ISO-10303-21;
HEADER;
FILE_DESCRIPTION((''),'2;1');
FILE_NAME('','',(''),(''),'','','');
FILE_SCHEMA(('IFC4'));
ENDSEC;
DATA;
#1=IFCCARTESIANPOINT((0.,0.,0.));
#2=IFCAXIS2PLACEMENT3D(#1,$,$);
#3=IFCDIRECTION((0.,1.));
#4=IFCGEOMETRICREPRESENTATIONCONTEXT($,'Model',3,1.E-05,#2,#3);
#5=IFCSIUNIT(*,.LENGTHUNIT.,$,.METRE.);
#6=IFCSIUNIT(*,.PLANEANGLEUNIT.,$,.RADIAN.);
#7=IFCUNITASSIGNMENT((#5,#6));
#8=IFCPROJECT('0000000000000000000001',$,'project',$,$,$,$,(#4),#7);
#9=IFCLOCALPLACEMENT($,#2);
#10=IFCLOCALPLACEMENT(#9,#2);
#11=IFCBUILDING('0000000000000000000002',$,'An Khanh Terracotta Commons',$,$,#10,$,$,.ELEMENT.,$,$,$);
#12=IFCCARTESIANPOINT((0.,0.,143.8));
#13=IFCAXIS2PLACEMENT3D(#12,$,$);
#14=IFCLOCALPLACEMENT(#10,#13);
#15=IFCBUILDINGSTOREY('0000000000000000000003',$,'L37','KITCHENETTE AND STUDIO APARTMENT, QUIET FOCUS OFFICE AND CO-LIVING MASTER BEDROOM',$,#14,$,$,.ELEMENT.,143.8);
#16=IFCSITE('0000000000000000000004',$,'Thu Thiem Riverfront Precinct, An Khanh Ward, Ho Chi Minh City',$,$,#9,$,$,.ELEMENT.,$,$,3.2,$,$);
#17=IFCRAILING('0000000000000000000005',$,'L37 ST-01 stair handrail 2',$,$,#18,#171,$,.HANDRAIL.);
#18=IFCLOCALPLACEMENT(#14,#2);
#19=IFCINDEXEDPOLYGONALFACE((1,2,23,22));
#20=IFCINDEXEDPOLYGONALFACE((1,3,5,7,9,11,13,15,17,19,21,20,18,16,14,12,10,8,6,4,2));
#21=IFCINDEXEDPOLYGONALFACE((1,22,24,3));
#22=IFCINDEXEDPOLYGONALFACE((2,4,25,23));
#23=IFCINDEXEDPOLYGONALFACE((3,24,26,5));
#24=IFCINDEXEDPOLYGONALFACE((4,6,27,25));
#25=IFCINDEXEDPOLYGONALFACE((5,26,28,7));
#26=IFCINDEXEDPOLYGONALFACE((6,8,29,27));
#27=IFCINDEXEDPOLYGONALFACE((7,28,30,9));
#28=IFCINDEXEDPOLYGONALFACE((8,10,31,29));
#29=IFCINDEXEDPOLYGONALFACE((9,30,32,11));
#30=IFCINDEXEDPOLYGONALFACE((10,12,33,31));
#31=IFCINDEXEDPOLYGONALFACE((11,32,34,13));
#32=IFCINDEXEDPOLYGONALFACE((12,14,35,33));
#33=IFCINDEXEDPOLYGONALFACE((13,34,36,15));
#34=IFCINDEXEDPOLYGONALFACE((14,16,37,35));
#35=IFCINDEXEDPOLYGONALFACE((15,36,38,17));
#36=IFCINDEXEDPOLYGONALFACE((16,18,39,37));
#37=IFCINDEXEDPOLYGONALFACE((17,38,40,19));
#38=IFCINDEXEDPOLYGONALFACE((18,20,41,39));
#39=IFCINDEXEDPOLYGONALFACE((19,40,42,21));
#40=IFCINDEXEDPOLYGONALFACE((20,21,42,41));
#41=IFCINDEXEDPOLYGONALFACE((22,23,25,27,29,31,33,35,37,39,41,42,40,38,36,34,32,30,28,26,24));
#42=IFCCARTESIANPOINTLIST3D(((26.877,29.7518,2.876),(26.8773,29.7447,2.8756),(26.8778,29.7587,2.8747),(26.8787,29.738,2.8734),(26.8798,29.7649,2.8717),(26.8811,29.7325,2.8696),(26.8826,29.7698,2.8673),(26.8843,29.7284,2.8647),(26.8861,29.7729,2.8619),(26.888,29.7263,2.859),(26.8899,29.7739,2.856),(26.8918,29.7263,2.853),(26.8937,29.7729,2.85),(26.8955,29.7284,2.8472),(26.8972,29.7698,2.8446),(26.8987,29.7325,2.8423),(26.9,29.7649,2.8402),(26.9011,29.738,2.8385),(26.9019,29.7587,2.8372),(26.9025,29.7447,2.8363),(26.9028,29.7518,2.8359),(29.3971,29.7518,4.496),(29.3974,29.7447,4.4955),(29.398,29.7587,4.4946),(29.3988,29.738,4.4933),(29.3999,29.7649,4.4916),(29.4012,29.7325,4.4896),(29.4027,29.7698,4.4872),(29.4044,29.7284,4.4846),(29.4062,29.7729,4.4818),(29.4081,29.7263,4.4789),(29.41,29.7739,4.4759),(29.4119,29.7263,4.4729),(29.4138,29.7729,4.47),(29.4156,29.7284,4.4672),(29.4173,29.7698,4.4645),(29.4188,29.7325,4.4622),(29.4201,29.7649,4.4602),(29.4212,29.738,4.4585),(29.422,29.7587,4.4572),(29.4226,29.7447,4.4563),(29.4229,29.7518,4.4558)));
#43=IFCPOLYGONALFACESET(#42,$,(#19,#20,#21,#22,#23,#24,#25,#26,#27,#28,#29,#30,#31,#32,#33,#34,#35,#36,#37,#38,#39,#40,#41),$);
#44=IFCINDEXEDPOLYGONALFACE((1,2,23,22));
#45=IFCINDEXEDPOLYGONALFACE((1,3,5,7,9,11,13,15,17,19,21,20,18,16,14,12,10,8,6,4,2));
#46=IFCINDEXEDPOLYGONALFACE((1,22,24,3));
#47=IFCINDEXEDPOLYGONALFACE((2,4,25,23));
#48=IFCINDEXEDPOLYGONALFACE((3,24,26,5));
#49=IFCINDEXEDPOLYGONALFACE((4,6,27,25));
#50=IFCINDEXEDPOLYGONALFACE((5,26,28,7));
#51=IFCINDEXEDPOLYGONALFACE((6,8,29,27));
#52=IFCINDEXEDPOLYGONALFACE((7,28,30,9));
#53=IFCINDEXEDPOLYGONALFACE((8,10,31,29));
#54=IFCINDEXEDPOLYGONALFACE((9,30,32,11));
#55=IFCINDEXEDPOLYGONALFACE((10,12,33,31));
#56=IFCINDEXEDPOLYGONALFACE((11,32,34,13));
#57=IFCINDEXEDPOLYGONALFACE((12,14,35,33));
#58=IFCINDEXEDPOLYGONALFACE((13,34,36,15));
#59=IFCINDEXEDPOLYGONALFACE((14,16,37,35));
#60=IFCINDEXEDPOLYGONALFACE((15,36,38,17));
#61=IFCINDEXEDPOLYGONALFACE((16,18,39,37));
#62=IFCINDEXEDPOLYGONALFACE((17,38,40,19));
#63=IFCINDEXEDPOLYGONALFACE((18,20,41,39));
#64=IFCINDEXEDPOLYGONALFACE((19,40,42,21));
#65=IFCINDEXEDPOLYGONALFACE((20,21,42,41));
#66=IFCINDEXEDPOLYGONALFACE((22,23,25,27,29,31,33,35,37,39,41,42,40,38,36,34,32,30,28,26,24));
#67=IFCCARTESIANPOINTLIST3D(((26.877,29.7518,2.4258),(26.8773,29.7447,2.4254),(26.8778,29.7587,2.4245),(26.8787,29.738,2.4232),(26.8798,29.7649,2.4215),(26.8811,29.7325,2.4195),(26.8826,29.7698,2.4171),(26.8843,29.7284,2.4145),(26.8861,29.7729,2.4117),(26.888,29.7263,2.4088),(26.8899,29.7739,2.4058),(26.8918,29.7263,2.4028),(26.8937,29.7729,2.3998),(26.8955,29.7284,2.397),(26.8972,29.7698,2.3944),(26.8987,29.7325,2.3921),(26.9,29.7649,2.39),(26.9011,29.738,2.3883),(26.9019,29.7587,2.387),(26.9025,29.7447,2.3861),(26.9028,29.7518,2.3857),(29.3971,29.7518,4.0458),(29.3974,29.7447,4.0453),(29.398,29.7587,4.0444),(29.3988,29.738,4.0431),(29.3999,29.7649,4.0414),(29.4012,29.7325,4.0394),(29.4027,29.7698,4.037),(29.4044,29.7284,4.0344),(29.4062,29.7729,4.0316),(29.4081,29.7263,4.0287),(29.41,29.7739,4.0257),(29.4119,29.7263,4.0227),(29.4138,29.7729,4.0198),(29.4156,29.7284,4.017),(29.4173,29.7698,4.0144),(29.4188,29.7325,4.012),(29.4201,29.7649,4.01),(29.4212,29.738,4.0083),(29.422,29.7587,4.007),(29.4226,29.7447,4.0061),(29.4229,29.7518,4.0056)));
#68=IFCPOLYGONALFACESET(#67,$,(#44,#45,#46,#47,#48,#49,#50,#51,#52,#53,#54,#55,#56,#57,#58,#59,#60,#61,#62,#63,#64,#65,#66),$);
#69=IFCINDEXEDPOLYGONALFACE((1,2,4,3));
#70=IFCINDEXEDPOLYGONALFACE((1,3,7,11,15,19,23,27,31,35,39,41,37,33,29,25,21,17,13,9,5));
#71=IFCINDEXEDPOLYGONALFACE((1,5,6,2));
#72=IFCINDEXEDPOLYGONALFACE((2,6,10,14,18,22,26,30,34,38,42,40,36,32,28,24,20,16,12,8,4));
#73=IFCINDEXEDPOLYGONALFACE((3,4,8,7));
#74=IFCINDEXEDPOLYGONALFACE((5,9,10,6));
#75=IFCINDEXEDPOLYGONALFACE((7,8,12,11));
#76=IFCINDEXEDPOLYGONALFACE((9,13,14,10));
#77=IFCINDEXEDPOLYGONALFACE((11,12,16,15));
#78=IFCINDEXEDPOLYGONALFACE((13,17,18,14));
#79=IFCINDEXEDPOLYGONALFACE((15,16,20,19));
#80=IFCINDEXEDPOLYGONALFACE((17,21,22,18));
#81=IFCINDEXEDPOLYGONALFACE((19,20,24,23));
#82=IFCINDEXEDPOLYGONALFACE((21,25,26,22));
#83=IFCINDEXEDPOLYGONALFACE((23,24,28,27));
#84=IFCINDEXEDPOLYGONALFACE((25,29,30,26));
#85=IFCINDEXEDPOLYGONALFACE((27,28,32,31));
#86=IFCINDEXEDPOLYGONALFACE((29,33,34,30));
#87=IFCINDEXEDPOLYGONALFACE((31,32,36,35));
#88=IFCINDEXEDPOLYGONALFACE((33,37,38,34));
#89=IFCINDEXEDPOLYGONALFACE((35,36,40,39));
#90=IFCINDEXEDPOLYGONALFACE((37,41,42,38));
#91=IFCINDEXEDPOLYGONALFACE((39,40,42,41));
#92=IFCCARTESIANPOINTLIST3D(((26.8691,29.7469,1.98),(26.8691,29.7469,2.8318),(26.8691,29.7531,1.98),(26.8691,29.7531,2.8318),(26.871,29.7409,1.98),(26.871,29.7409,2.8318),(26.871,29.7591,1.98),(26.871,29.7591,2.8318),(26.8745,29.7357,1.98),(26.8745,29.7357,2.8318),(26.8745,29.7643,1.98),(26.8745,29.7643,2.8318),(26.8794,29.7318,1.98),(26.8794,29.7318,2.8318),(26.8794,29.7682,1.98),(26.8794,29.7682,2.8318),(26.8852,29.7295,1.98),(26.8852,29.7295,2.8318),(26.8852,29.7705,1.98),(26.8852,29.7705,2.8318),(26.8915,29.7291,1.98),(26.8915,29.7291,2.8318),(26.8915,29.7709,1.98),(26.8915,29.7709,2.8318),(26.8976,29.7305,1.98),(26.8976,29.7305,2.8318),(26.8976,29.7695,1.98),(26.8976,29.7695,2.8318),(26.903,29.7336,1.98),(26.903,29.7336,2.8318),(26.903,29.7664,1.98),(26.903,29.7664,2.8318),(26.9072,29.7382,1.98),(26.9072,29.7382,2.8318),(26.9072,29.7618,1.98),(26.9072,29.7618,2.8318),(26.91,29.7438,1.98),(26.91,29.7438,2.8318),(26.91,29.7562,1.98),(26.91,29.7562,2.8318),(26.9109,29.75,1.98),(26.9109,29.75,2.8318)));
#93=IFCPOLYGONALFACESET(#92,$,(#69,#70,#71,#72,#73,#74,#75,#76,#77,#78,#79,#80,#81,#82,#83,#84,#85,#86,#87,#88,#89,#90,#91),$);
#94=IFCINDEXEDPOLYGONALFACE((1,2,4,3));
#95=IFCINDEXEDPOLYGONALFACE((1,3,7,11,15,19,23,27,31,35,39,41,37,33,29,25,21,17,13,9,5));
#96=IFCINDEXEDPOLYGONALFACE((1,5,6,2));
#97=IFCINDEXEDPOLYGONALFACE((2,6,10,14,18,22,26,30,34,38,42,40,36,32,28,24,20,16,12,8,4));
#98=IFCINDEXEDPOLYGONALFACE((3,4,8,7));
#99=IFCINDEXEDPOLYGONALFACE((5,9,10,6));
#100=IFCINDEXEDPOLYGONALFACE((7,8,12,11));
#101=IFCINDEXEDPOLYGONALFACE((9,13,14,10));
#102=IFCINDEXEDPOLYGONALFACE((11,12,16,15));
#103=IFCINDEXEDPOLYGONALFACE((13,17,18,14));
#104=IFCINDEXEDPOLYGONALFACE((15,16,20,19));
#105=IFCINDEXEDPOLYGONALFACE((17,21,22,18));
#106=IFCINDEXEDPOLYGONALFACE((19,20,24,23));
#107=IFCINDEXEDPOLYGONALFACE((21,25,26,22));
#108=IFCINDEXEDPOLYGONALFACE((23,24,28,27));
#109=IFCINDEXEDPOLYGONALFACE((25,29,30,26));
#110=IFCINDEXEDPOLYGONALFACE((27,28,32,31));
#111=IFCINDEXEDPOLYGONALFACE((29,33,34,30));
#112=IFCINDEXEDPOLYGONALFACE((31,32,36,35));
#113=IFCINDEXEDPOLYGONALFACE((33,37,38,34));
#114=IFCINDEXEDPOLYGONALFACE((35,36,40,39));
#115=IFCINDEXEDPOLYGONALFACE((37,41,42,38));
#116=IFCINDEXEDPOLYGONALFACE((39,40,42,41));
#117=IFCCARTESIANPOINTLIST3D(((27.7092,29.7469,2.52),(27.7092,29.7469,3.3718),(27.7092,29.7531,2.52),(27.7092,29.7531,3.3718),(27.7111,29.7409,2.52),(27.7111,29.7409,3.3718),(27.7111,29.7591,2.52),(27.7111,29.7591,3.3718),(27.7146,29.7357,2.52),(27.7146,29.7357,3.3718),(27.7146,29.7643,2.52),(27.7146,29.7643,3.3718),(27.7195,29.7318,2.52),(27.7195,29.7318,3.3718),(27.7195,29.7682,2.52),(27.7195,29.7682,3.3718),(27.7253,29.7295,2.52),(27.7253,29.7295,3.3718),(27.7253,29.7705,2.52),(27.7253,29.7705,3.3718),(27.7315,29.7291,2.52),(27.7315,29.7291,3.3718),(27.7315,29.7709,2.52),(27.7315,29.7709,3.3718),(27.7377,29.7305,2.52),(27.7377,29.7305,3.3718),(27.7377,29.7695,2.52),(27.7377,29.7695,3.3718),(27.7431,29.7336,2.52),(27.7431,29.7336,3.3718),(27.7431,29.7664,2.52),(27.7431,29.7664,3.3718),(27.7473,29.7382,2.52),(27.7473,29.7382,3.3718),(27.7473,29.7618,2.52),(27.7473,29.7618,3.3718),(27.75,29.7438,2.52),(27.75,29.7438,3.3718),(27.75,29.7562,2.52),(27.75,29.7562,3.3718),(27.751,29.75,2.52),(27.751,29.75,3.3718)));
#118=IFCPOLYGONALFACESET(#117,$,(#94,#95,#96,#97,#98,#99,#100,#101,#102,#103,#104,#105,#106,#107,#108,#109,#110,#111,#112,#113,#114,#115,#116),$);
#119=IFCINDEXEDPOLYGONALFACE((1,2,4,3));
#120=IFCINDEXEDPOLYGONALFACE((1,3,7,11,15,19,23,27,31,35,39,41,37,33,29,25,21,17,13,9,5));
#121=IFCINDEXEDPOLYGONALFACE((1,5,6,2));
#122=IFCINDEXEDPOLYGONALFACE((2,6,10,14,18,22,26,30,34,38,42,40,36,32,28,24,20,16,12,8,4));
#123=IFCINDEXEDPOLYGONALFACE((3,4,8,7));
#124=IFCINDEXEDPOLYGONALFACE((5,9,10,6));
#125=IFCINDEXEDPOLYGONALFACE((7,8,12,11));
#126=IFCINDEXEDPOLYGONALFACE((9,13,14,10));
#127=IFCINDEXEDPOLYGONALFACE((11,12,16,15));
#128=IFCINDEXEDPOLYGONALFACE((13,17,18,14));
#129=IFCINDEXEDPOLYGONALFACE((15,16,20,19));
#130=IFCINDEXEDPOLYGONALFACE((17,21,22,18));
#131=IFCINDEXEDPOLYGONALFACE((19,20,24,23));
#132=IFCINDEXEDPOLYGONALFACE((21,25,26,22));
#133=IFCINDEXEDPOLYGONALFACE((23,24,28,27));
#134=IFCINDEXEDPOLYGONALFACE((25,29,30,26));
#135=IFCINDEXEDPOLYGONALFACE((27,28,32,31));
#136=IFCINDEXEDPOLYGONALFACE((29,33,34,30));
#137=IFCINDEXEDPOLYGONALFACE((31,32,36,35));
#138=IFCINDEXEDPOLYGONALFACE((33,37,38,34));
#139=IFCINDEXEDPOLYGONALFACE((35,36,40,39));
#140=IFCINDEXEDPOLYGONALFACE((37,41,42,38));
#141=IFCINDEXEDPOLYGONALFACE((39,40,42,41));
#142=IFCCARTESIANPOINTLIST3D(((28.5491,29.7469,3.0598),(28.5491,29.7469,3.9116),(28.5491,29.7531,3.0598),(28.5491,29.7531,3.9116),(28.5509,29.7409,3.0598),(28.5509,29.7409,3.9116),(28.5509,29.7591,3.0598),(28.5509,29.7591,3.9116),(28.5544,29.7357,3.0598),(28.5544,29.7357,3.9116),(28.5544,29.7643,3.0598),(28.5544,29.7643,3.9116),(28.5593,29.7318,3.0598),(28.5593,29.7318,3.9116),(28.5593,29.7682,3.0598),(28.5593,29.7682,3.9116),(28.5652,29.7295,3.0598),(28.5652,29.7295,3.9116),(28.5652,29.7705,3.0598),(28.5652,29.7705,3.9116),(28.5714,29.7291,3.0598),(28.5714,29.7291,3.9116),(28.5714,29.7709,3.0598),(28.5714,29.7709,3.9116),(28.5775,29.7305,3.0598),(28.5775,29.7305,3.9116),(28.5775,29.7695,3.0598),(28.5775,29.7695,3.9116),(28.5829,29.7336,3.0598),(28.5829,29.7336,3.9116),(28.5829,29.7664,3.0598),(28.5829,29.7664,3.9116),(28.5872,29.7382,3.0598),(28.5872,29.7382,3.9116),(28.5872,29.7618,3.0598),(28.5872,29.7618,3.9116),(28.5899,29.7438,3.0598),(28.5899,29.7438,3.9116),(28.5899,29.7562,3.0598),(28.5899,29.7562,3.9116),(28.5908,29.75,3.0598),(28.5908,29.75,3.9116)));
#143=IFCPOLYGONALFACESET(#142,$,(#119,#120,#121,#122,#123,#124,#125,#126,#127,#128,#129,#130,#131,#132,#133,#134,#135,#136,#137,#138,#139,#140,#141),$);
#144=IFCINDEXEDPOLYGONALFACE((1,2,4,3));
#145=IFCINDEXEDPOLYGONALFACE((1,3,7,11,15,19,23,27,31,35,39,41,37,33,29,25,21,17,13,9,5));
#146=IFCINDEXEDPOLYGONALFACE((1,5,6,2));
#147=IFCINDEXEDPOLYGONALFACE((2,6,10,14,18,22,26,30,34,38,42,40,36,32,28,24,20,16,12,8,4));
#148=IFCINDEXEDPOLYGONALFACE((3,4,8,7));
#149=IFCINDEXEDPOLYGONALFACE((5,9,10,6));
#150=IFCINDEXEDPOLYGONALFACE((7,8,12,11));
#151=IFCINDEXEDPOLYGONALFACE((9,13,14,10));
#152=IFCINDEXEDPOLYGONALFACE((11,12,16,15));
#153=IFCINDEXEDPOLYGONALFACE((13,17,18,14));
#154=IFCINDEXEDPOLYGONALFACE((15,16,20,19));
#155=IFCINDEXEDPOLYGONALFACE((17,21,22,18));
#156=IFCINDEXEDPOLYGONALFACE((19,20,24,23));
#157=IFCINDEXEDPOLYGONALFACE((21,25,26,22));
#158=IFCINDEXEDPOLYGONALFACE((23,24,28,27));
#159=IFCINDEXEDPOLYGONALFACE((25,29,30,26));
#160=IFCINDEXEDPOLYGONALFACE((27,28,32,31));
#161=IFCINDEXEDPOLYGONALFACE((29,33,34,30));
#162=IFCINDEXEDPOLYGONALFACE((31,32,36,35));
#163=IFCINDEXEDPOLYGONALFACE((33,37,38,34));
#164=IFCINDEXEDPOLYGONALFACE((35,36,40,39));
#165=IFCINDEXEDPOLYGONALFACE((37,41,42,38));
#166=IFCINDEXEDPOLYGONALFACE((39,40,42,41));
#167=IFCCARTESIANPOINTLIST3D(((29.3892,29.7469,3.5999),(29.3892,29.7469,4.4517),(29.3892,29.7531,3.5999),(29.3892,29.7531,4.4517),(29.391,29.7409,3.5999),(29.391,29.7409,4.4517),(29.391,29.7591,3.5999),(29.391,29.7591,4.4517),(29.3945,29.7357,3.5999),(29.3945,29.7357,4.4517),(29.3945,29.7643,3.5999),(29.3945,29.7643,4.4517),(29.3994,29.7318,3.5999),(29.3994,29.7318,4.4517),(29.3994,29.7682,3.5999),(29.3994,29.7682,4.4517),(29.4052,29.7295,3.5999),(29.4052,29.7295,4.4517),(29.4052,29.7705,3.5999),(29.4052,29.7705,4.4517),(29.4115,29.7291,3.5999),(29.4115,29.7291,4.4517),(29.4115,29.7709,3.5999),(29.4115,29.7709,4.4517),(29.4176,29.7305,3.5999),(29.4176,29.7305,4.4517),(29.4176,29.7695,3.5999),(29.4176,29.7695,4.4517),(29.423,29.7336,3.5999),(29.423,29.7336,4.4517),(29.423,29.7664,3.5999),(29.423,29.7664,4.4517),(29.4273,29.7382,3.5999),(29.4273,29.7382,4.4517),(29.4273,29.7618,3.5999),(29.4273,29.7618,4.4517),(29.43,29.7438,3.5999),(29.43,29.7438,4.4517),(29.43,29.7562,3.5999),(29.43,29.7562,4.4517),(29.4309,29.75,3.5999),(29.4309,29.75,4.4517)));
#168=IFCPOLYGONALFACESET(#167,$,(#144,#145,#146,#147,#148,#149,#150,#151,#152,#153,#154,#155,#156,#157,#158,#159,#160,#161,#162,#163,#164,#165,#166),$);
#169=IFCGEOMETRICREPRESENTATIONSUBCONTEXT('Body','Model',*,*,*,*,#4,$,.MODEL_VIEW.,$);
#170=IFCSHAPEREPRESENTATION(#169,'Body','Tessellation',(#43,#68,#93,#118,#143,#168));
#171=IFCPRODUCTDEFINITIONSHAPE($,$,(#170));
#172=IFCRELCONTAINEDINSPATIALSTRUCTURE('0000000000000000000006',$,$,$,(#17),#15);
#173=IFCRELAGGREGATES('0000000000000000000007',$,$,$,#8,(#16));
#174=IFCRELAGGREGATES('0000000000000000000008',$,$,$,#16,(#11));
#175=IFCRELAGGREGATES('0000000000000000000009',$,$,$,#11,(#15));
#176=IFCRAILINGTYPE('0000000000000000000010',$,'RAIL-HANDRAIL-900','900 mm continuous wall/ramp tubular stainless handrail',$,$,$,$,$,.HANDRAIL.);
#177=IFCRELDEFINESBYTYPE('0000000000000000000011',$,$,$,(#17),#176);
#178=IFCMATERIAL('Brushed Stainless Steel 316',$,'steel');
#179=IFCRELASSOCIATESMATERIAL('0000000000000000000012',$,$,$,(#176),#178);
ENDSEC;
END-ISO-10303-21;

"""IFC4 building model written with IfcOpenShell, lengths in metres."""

from ifc_helpers import new_model, si_unit, direction, frame, origin, origin_2d, place, context, subcontext, project, spatial, circle, extrude, material, type_object, element, save


model = new_model("IFC4")

# Units and contexts
model_context = context("Model", 3, precision=1e-05, world=origin(), true_north=direction((0.0, 1.0)))
body_context = subcontext(model_context, "Body", "Model", "MODEL_VIEW")
ifc_project = project(units=[si_unit("LENGTHUNIT", "METRE"), si_unit("PLANEANGLEUNIT", "RADIAN")], contexts=[model_context])

# Site, building, storey
site_placement = place(None, origin())
site = spatial("IfcSite", under=ifc_project, at=site_placement, Name="Thu Thiem Riverfront Precinct, An Khanh Ward, Ho Chi Minh City", CompositionType="ELEMENT", RefElevation=3.2)
building_placement = place(site_placement, origin())
building = spatial("IfcBuilding", under=site, at=building_placement, Name="An Khanh Terracotta Commons", CompositionType="ELEMENT")
storey_placement = place(building_placement, frame((0.0, 0.0, 143.8)))
storey = spatial("IfcBuildingStorey", under=building, at=storey_placement, Name="L37", Description="KITCHENETTE AND STUDIO APARTMENT, QUIET FOCUS OFFICE AND CO-LIVING MASTER BEDROOM", CompositionType="ELEMENT", Elevation=143.8)

# Railing
ifc_material_1 = material(Name="Brushed Stainless Steel 316", Category="steel")
railing_type_1 = type_object("IfcRailingType", Name="RAIL-HANDRAIL-900", Description="900 mm continuous wall/ramp tubular stainless handrail", PredefinedType="HANDRAIL", material=ifc_material_1)
railing_1_placement = place(storey_placement, frame((26.8899, 29.75, 1.98)))
element("IfcRailing", 1, at=railing_1_placement, inside=storey, type_object=railing_type_1, Name="L37 ST-01 stair handrail 2", PredefinedType="HANDRAIL", context=body_context, shape_type="SweptSolid", body=[
    extrude(circle(Radius=0.0239, at=origin_2d()), frame((0.0, 0.0, 0.876), z_axis=(0.8412, 0.0, 0.540725), x_axis=(0.0, 1.0, 0.0)), (0.0, 0.0, 1.0), 2.9958),
    extrude(circle(Radius=0.0239, at=origin_2d()), frame((0.0, 0.0, 0.4258), z_axis=(0.8412, 0.0, 0.540725), x_axis=(0.0, 1.0, 0.0)), (0.0, 0.0, 1.0), 2.9958),
    extrude(circle(Radius=0.021, at=origin_2d()), origin(), (0.0, 0.0, 1.0), 0.8518),
    extrude(circle(Radius=0.021, at=origin_2d()), frame((0.8401, 0.0, 0.54)), (0.0, 0.0, 1.0), 0.8518),
    extrude(circle(Radius=0.021, at=origin_2d()), frame((1.6799, 0.0, 1.0798)), (0.0, 0.0, 1.0), 0.8518),
    extrude(circle(Radius=0.021, at=origin_2d()), frame((2.52, 0.0, 1.6199)), (0.0, 0.0, 1.0), 0.8518),
])

save(model, "model.ifc")
